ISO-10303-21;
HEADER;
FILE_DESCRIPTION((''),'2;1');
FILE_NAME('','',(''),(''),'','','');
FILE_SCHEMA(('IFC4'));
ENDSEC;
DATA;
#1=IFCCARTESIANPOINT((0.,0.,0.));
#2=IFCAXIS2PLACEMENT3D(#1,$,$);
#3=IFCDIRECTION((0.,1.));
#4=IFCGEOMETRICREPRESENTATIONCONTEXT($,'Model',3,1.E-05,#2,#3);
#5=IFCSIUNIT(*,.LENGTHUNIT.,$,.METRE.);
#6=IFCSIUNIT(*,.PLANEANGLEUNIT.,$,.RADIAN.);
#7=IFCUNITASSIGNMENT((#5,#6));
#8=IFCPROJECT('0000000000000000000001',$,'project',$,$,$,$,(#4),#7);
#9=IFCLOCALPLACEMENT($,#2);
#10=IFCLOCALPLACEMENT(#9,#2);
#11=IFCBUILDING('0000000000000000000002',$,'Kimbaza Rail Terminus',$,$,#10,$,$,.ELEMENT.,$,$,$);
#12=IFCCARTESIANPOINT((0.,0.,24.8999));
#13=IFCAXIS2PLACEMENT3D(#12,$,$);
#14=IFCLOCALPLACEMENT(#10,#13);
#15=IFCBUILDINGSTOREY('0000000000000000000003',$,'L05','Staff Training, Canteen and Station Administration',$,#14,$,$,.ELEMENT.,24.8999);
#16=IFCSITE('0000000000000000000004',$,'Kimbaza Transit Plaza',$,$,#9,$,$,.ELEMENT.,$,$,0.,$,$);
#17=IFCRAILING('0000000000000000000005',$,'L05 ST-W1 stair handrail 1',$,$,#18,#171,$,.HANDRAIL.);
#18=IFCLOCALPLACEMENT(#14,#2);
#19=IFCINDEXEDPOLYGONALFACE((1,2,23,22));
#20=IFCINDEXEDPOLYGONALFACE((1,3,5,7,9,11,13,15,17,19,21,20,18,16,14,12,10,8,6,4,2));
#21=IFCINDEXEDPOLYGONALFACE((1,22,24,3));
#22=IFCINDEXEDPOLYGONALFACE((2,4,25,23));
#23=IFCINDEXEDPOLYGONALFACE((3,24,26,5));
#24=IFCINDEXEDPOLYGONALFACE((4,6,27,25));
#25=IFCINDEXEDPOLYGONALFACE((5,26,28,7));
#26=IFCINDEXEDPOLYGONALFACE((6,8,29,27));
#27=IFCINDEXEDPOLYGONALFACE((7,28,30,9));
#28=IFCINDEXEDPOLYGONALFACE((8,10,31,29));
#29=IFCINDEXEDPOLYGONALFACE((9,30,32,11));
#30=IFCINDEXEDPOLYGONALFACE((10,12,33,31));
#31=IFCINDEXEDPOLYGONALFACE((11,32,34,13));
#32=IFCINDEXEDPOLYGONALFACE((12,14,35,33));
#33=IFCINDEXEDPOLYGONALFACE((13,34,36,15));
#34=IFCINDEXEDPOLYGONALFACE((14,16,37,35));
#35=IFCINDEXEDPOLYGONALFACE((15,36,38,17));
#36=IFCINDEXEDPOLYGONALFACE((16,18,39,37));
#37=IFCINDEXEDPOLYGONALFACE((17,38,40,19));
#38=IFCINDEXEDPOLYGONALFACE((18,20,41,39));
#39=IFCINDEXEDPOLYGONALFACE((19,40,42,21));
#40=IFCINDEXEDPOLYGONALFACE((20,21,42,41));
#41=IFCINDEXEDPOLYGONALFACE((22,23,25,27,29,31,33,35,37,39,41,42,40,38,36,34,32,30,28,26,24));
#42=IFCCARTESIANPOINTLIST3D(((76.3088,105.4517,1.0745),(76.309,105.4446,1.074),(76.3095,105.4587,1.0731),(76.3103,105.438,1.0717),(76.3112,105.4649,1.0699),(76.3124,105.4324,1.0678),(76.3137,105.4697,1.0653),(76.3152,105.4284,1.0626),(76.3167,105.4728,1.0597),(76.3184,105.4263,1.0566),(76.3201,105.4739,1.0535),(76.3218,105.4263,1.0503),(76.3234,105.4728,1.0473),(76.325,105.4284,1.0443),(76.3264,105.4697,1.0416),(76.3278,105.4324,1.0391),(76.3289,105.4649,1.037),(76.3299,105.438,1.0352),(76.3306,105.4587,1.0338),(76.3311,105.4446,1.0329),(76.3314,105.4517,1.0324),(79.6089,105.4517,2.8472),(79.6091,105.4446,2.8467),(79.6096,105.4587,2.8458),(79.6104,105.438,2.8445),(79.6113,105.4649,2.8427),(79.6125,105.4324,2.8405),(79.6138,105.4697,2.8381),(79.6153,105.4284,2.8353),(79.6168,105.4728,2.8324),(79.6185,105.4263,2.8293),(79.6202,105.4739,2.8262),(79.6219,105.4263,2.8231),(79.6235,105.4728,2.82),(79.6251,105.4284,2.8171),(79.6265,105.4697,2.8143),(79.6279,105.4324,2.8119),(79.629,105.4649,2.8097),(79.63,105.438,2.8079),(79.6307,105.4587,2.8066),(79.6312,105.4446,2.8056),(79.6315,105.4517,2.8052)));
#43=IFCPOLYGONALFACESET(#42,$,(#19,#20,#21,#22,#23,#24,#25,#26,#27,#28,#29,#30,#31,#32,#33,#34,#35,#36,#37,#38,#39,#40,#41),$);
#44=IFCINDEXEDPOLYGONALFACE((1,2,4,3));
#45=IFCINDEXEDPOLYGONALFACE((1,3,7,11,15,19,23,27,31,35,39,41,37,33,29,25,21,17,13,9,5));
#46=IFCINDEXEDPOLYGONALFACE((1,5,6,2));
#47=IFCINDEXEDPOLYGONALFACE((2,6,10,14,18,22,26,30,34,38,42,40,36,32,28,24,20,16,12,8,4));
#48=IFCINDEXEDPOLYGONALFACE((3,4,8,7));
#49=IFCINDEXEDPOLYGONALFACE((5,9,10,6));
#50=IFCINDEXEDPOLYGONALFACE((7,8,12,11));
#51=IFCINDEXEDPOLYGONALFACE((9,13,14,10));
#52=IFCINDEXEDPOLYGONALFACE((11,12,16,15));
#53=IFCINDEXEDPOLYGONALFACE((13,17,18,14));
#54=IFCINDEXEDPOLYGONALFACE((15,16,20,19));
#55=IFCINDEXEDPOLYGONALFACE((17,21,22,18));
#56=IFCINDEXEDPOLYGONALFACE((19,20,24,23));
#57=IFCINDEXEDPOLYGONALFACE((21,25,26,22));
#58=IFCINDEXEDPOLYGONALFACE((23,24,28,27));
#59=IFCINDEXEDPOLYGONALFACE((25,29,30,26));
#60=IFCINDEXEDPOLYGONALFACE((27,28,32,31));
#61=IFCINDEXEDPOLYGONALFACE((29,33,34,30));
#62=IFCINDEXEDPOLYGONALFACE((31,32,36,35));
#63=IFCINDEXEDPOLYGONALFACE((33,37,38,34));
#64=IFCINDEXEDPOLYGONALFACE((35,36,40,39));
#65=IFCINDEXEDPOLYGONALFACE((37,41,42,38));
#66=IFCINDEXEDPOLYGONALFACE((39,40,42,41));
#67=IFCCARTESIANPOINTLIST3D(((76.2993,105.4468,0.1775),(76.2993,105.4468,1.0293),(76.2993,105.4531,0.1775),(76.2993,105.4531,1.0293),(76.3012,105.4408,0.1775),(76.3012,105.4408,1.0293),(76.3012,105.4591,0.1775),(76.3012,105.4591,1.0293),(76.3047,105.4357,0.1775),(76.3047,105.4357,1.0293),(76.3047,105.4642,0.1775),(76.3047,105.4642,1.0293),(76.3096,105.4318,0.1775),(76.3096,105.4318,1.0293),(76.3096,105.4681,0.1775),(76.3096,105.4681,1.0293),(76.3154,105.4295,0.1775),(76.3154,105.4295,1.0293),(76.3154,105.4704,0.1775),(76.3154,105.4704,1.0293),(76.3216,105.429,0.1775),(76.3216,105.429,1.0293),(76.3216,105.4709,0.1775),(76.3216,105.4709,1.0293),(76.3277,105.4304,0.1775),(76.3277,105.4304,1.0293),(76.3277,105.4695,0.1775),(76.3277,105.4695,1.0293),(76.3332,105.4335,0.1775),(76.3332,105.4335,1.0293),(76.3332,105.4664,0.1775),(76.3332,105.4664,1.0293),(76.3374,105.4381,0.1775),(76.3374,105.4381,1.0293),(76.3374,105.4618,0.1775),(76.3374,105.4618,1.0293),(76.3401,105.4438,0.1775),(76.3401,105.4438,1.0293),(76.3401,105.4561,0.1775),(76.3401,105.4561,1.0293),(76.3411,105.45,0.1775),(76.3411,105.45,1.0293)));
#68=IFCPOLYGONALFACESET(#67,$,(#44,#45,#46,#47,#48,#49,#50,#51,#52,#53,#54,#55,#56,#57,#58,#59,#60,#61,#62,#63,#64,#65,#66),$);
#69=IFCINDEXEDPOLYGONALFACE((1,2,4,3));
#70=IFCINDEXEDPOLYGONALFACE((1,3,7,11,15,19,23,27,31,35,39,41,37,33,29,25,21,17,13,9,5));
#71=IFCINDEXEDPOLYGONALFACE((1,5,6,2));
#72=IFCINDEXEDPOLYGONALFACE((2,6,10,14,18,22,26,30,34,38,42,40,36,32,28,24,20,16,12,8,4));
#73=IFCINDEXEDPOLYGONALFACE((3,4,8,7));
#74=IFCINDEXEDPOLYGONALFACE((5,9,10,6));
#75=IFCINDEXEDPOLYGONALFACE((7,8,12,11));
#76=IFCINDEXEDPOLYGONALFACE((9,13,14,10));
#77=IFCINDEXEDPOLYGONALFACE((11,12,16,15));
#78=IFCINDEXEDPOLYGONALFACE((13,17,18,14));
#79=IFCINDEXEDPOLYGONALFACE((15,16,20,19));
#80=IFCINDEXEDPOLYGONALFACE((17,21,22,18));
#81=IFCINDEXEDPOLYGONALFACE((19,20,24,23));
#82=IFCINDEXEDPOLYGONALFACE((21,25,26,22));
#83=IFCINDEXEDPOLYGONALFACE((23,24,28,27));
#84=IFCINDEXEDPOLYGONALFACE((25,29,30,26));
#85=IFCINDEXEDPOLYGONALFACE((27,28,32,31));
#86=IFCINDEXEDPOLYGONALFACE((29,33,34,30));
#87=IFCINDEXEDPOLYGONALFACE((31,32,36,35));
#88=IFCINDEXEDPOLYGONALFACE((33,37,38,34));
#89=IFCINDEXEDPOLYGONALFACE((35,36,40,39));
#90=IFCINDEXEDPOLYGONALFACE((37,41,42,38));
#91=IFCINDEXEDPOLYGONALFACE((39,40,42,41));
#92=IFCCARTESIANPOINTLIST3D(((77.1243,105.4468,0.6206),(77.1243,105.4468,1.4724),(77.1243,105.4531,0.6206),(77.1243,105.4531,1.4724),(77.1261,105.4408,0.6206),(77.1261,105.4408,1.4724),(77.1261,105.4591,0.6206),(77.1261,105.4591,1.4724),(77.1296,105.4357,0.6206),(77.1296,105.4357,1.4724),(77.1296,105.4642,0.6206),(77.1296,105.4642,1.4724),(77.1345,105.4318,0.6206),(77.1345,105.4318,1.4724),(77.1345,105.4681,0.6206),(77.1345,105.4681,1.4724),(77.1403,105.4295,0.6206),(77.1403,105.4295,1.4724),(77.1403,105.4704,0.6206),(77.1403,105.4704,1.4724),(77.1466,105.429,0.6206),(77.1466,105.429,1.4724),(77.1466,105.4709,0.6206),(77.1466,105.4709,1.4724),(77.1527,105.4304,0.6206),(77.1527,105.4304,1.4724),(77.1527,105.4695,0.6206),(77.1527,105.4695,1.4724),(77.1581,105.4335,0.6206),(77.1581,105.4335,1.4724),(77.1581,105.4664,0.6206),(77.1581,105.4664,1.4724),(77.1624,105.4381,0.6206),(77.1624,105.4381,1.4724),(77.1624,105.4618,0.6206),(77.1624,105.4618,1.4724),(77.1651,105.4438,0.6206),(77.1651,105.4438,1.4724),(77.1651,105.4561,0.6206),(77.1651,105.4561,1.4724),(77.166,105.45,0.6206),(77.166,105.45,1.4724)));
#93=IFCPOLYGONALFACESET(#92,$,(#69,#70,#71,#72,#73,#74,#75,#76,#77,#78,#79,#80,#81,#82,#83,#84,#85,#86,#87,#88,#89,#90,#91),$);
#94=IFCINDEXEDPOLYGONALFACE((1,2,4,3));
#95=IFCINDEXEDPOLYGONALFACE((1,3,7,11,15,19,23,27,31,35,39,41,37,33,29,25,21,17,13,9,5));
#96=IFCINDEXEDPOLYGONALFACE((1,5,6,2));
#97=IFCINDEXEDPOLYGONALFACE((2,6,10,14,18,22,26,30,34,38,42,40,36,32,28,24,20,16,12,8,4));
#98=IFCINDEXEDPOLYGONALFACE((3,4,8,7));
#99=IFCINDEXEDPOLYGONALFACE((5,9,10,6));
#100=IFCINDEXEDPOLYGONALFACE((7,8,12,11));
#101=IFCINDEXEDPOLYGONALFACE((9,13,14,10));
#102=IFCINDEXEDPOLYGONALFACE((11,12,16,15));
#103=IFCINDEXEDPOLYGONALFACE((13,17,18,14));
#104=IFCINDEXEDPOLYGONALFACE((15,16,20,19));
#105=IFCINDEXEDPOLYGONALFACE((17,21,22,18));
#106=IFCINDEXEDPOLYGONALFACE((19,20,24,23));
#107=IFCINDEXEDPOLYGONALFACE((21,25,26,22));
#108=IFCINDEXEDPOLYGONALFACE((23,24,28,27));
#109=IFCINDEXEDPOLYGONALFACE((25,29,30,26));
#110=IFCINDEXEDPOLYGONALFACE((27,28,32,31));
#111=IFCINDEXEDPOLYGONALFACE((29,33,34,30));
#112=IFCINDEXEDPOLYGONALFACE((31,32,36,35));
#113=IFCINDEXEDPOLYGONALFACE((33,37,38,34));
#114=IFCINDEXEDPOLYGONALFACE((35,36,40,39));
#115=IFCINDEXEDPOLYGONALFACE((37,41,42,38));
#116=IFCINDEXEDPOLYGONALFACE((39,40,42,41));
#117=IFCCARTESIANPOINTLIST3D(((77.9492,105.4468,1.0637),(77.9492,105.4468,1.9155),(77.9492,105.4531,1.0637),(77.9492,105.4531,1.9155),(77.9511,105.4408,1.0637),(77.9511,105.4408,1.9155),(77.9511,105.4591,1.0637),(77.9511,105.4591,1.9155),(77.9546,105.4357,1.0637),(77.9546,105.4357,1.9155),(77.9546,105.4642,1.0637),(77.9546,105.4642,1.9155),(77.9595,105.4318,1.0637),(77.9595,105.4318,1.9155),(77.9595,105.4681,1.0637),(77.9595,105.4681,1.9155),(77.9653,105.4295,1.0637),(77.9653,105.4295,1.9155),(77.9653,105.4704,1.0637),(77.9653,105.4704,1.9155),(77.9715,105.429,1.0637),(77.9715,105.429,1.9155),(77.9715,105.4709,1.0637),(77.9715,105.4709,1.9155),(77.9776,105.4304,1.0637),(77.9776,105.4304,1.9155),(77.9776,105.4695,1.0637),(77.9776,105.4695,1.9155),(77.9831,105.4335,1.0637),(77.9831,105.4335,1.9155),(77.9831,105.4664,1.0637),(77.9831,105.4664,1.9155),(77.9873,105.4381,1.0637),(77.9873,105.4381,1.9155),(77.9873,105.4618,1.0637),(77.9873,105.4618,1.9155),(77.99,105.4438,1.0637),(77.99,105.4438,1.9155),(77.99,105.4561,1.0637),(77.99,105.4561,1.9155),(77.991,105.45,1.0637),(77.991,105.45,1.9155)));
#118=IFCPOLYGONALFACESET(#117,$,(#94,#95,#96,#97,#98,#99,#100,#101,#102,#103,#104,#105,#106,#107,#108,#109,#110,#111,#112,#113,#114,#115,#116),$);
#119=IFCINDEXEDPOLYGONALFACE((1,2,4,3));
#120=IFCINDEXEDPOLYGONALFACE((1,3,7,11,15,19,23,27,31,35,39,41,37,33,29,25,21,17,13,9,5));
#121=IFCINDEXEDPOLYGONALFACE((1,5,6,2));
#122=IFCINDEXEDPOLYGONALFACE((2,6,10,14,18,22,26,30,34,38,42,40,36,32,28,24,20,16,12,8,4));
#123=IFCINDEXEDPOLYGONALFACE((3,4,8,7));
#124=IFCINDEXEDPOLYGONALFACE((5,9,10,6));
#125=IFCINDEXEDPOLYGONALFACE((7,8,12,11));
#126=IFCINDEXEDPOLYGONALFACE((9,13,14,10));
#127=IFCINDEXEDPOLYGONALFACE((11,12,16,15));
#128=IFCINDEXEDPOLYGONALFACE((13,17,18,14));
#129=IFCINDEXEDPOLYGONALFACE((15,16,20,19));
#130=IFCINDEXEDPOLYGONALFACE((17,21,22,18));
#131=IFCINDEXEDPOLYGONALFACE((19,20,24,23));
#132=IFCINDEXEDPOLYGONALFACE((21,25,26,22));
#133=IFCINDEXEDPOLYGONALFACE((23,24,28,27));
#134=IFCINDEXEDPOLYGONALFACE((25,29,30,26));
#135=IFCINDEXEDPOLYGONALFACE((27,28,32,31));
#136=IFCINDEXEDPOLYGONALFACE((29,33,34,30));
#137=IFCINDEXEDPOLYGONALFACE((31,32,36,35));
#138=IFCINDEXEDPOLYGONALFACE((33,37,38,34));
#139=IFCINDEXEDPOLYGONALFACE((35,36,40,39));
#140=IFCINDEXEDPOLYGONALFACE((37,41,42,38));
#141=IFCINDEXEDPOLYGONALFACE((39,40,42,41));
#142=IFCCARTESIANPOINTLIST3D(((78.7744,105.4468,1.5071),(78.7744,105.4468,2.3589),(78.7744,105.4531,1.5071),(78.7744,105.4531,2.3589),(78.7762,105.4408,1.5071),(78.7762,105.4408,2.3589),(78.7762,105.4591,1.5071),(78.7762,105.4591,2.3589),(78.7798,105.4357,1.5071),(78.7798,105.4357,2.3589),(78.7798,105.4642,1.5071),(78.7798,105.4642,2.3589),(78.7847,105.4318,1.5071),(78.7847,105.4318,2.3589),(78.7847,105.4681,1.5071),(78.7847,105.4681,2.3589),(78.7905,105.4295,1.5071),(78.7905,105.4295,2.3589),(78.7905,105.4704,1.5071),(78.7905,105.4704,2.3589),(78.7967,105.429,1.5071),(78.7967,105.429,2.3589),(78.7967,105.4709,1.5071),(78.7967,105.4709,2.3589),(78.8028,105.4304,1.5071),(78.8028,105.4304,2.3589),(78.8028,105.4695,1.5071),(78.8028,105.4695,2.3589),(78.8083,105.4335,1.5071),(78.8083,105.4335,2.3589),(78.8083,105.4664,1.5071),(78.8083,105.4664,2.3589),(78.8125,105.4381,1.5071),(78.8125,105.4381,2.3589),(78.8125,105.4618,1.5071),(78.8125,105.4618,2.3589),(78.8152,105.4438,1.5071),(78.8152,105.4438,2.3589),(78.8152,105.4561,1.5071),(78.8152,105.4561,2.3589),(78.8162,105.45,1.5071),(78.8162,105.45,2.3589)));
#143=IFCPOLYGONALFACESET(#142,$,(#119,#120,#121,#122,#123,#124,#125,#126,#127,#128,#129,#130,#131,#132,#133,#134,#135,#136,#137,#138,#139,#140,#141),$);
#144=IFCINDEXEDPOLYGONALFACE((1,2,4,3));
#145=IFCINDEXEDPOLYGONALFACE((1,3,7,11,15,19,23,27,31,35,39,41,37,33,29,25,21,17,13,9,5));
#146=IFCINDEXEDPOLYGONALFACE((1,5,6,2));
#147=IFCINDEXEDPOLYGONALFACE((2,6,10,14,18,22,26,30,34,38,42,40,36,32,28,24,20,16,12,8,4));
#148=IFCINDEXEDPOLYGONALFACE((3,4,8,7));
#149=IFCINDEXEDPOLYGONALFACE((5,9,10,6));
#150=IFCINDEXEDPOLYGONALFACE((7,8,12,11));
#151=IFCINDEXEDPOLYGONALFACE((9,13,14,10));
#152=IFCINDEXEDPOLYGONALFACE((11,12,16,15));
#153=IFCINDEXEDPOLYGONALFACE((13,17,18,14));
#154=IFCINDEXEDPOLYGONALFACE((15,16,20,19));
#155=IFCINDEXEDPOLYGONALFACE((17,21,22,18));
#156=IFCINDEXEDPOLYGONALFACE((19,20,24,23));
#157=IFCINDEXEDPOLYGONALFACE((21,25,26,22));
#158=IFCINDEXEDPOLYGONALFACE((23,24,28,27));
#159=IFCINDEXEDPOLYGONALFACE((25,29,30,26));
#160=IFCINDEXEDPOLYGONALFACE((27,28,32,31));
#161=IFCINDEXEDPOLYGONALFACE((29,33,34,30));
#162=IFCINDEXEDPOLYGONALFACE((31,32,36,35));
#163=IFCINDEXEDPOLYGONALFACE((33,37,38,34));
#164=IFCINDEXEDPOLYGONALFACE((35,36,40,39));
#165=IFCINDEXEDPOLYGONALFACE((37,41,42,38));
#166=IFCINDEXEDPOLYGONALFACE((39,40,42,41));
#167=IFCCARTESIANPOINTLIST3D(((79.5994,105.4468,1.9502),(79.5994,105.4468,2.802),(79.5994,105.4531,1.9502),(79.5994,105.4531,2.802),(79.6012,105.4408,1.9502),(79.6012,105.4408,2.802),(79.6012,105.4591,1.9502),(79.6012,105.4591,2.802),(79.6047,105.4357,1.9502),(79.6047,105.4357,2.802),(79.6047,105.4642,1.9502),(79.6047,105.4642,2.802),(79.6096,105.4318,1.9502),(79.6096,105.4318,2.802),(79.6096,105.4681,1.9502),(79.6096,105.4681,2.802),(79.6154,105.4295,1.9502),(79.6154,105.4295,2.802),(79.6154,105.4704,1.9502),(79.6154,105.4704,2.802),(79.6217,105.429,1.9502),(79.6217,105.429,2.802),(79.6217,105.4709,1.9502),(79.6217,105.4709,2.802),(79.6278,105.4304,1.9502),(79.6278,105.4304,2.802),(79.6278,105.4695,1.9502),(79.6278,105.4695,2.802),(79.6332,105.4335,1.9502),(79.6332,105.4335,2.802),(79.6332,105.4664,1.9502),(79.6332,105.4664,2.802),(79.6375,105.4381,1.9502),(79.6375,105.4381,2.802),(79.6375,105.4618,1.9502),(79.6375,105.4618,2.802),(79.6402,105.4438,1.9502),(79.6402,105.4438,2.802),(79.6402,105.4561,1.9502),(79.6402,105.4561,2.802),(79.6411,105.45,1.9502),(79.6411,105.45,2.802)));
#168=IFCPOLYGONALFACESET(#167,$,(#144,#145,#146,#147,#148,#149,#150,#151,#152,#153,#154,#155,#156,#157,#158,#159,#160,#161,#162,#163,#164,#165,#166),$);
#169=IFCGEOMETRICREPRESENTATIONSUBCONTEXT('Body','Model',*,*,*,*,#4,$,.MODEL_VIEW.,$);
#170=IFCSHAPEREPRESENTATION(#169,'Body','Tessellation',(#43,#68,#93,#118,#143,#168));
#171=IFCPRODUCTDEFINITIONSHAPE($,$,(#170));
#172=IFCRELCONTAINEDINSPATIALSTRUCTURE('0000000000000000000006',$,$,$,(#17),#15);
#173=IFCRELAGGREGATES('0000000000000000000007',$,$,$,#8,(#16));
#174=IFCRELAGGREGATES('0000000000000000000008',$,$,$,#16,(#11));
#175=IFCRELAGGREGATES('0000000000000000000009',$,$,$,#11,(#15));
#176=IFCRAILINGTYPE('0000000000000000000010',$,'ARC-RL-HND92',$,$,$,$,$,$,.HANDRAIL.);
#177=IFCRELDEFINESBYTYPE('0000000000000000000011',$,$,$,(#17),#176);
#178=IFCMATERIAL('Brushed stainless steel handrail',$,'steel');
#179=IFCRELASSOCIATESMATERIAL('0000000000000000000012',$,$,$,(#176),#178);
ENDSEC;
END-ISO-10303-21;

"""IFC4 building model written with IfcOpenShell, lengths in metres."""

from ifc_helpers import new_model, si_unit, direction, frame, origin, origin_2d, place, context, subcontext, project, spatial, circle, extrude, material, type_object, element, save


model = new_model("IFC4")

# Units and contexts
model_context = context("Model", 3, precision=1e-05, world=origin(), true_north=direction((0.0, 1.0)))
body_context = subcontext(model_context, "Body", "Model", "MODEL_VIEW")
ifc_project = project(units=[si_unit("LENGTHUNIT", "METRE"), si_unit("PLANEANGLEUNIT", "RADIAN")], contexts=[model_context])

# Site, building, storey
site_placement = place(None, origin())
site = spatial("IfcSite", under=ifc_project, at=site_placement, Name="Kimbaza Transit Plaza", CompositionType="ELEMENT", RefElevation=0.0)
building_placement = place(site_placement, origin())
building = spatial("IfcBuilding", under=site, at=building_placement, Name="Kimbaza Rail Terminus", CompositionType="ELEMENT")
storey_placement = place(building_placement, frame((0.0, 0.0, 24.8999)))
storey = spatial("IfcBuildingStorey", under=building, at=storey_placement, Name="L05", Description="Staff Training, Canteen and Station Administration", CompositionType="ELEMENT", Elevation=24.8999)

# Railing
ifc_material_1 = material(Name="Brushed stainless steel handrail", Category="steel")
railing_type_1 = type_object("IfcRailingType", Name="ARC-RL-HND92", PredefinedType="HANDRAIL", material=ifc_material_1)
railing_1_placement = place(storey_placement, frame((76.3201, 105.45, 0.1775)))
element("IfcRailing", 1, at=railing_1_placement, inside=storey, type_object=railing_type_1, Name="L05 ST-W1 stair handrail 1", PredefinedType="HANDRAIL", context=body_context, shape_type="SweptSolid", body=[
    extrude(circle(Radius=0.0239, at=origin_2d()), frame((0.0, 0.0, 0.876), z_axis=(0.880944, 0.0, 0.473221), x_axis=(0.0, 1.0, 0.0)), (0.0, 0.0, 1.0), 3.7461),
    extrude(circle(Radius=0.021, at=origin_2d()), origin(), (0.0, 0.0, 1.0), 0.8518),
    extrude(circle(Radius=0.021, at=origin_2d()), frame((0.825, 0.0, 0.4431)), (0.0, 0.0, 1.0), 0.8518),
    extrude(circle(Radius=0.021, at=origin_2d()), frame((1.6499, 0.0, 0.8862)), (0.0, 0.0, 1.0), 0.8518),
    extrude(circle(Radius=0.021, at=origin_2d()), frame((2.4751, 0.0, 1.3296)), (0.0, 0.0, 1.0), 0.8518),
    extrude(circle(Radius=0.021, at=origin_2d()), frame((3.3, 0.0, 1.7727)), (0.0, 0.0, 1.0), 0.8518),
])

save(model, "model.ifc")
